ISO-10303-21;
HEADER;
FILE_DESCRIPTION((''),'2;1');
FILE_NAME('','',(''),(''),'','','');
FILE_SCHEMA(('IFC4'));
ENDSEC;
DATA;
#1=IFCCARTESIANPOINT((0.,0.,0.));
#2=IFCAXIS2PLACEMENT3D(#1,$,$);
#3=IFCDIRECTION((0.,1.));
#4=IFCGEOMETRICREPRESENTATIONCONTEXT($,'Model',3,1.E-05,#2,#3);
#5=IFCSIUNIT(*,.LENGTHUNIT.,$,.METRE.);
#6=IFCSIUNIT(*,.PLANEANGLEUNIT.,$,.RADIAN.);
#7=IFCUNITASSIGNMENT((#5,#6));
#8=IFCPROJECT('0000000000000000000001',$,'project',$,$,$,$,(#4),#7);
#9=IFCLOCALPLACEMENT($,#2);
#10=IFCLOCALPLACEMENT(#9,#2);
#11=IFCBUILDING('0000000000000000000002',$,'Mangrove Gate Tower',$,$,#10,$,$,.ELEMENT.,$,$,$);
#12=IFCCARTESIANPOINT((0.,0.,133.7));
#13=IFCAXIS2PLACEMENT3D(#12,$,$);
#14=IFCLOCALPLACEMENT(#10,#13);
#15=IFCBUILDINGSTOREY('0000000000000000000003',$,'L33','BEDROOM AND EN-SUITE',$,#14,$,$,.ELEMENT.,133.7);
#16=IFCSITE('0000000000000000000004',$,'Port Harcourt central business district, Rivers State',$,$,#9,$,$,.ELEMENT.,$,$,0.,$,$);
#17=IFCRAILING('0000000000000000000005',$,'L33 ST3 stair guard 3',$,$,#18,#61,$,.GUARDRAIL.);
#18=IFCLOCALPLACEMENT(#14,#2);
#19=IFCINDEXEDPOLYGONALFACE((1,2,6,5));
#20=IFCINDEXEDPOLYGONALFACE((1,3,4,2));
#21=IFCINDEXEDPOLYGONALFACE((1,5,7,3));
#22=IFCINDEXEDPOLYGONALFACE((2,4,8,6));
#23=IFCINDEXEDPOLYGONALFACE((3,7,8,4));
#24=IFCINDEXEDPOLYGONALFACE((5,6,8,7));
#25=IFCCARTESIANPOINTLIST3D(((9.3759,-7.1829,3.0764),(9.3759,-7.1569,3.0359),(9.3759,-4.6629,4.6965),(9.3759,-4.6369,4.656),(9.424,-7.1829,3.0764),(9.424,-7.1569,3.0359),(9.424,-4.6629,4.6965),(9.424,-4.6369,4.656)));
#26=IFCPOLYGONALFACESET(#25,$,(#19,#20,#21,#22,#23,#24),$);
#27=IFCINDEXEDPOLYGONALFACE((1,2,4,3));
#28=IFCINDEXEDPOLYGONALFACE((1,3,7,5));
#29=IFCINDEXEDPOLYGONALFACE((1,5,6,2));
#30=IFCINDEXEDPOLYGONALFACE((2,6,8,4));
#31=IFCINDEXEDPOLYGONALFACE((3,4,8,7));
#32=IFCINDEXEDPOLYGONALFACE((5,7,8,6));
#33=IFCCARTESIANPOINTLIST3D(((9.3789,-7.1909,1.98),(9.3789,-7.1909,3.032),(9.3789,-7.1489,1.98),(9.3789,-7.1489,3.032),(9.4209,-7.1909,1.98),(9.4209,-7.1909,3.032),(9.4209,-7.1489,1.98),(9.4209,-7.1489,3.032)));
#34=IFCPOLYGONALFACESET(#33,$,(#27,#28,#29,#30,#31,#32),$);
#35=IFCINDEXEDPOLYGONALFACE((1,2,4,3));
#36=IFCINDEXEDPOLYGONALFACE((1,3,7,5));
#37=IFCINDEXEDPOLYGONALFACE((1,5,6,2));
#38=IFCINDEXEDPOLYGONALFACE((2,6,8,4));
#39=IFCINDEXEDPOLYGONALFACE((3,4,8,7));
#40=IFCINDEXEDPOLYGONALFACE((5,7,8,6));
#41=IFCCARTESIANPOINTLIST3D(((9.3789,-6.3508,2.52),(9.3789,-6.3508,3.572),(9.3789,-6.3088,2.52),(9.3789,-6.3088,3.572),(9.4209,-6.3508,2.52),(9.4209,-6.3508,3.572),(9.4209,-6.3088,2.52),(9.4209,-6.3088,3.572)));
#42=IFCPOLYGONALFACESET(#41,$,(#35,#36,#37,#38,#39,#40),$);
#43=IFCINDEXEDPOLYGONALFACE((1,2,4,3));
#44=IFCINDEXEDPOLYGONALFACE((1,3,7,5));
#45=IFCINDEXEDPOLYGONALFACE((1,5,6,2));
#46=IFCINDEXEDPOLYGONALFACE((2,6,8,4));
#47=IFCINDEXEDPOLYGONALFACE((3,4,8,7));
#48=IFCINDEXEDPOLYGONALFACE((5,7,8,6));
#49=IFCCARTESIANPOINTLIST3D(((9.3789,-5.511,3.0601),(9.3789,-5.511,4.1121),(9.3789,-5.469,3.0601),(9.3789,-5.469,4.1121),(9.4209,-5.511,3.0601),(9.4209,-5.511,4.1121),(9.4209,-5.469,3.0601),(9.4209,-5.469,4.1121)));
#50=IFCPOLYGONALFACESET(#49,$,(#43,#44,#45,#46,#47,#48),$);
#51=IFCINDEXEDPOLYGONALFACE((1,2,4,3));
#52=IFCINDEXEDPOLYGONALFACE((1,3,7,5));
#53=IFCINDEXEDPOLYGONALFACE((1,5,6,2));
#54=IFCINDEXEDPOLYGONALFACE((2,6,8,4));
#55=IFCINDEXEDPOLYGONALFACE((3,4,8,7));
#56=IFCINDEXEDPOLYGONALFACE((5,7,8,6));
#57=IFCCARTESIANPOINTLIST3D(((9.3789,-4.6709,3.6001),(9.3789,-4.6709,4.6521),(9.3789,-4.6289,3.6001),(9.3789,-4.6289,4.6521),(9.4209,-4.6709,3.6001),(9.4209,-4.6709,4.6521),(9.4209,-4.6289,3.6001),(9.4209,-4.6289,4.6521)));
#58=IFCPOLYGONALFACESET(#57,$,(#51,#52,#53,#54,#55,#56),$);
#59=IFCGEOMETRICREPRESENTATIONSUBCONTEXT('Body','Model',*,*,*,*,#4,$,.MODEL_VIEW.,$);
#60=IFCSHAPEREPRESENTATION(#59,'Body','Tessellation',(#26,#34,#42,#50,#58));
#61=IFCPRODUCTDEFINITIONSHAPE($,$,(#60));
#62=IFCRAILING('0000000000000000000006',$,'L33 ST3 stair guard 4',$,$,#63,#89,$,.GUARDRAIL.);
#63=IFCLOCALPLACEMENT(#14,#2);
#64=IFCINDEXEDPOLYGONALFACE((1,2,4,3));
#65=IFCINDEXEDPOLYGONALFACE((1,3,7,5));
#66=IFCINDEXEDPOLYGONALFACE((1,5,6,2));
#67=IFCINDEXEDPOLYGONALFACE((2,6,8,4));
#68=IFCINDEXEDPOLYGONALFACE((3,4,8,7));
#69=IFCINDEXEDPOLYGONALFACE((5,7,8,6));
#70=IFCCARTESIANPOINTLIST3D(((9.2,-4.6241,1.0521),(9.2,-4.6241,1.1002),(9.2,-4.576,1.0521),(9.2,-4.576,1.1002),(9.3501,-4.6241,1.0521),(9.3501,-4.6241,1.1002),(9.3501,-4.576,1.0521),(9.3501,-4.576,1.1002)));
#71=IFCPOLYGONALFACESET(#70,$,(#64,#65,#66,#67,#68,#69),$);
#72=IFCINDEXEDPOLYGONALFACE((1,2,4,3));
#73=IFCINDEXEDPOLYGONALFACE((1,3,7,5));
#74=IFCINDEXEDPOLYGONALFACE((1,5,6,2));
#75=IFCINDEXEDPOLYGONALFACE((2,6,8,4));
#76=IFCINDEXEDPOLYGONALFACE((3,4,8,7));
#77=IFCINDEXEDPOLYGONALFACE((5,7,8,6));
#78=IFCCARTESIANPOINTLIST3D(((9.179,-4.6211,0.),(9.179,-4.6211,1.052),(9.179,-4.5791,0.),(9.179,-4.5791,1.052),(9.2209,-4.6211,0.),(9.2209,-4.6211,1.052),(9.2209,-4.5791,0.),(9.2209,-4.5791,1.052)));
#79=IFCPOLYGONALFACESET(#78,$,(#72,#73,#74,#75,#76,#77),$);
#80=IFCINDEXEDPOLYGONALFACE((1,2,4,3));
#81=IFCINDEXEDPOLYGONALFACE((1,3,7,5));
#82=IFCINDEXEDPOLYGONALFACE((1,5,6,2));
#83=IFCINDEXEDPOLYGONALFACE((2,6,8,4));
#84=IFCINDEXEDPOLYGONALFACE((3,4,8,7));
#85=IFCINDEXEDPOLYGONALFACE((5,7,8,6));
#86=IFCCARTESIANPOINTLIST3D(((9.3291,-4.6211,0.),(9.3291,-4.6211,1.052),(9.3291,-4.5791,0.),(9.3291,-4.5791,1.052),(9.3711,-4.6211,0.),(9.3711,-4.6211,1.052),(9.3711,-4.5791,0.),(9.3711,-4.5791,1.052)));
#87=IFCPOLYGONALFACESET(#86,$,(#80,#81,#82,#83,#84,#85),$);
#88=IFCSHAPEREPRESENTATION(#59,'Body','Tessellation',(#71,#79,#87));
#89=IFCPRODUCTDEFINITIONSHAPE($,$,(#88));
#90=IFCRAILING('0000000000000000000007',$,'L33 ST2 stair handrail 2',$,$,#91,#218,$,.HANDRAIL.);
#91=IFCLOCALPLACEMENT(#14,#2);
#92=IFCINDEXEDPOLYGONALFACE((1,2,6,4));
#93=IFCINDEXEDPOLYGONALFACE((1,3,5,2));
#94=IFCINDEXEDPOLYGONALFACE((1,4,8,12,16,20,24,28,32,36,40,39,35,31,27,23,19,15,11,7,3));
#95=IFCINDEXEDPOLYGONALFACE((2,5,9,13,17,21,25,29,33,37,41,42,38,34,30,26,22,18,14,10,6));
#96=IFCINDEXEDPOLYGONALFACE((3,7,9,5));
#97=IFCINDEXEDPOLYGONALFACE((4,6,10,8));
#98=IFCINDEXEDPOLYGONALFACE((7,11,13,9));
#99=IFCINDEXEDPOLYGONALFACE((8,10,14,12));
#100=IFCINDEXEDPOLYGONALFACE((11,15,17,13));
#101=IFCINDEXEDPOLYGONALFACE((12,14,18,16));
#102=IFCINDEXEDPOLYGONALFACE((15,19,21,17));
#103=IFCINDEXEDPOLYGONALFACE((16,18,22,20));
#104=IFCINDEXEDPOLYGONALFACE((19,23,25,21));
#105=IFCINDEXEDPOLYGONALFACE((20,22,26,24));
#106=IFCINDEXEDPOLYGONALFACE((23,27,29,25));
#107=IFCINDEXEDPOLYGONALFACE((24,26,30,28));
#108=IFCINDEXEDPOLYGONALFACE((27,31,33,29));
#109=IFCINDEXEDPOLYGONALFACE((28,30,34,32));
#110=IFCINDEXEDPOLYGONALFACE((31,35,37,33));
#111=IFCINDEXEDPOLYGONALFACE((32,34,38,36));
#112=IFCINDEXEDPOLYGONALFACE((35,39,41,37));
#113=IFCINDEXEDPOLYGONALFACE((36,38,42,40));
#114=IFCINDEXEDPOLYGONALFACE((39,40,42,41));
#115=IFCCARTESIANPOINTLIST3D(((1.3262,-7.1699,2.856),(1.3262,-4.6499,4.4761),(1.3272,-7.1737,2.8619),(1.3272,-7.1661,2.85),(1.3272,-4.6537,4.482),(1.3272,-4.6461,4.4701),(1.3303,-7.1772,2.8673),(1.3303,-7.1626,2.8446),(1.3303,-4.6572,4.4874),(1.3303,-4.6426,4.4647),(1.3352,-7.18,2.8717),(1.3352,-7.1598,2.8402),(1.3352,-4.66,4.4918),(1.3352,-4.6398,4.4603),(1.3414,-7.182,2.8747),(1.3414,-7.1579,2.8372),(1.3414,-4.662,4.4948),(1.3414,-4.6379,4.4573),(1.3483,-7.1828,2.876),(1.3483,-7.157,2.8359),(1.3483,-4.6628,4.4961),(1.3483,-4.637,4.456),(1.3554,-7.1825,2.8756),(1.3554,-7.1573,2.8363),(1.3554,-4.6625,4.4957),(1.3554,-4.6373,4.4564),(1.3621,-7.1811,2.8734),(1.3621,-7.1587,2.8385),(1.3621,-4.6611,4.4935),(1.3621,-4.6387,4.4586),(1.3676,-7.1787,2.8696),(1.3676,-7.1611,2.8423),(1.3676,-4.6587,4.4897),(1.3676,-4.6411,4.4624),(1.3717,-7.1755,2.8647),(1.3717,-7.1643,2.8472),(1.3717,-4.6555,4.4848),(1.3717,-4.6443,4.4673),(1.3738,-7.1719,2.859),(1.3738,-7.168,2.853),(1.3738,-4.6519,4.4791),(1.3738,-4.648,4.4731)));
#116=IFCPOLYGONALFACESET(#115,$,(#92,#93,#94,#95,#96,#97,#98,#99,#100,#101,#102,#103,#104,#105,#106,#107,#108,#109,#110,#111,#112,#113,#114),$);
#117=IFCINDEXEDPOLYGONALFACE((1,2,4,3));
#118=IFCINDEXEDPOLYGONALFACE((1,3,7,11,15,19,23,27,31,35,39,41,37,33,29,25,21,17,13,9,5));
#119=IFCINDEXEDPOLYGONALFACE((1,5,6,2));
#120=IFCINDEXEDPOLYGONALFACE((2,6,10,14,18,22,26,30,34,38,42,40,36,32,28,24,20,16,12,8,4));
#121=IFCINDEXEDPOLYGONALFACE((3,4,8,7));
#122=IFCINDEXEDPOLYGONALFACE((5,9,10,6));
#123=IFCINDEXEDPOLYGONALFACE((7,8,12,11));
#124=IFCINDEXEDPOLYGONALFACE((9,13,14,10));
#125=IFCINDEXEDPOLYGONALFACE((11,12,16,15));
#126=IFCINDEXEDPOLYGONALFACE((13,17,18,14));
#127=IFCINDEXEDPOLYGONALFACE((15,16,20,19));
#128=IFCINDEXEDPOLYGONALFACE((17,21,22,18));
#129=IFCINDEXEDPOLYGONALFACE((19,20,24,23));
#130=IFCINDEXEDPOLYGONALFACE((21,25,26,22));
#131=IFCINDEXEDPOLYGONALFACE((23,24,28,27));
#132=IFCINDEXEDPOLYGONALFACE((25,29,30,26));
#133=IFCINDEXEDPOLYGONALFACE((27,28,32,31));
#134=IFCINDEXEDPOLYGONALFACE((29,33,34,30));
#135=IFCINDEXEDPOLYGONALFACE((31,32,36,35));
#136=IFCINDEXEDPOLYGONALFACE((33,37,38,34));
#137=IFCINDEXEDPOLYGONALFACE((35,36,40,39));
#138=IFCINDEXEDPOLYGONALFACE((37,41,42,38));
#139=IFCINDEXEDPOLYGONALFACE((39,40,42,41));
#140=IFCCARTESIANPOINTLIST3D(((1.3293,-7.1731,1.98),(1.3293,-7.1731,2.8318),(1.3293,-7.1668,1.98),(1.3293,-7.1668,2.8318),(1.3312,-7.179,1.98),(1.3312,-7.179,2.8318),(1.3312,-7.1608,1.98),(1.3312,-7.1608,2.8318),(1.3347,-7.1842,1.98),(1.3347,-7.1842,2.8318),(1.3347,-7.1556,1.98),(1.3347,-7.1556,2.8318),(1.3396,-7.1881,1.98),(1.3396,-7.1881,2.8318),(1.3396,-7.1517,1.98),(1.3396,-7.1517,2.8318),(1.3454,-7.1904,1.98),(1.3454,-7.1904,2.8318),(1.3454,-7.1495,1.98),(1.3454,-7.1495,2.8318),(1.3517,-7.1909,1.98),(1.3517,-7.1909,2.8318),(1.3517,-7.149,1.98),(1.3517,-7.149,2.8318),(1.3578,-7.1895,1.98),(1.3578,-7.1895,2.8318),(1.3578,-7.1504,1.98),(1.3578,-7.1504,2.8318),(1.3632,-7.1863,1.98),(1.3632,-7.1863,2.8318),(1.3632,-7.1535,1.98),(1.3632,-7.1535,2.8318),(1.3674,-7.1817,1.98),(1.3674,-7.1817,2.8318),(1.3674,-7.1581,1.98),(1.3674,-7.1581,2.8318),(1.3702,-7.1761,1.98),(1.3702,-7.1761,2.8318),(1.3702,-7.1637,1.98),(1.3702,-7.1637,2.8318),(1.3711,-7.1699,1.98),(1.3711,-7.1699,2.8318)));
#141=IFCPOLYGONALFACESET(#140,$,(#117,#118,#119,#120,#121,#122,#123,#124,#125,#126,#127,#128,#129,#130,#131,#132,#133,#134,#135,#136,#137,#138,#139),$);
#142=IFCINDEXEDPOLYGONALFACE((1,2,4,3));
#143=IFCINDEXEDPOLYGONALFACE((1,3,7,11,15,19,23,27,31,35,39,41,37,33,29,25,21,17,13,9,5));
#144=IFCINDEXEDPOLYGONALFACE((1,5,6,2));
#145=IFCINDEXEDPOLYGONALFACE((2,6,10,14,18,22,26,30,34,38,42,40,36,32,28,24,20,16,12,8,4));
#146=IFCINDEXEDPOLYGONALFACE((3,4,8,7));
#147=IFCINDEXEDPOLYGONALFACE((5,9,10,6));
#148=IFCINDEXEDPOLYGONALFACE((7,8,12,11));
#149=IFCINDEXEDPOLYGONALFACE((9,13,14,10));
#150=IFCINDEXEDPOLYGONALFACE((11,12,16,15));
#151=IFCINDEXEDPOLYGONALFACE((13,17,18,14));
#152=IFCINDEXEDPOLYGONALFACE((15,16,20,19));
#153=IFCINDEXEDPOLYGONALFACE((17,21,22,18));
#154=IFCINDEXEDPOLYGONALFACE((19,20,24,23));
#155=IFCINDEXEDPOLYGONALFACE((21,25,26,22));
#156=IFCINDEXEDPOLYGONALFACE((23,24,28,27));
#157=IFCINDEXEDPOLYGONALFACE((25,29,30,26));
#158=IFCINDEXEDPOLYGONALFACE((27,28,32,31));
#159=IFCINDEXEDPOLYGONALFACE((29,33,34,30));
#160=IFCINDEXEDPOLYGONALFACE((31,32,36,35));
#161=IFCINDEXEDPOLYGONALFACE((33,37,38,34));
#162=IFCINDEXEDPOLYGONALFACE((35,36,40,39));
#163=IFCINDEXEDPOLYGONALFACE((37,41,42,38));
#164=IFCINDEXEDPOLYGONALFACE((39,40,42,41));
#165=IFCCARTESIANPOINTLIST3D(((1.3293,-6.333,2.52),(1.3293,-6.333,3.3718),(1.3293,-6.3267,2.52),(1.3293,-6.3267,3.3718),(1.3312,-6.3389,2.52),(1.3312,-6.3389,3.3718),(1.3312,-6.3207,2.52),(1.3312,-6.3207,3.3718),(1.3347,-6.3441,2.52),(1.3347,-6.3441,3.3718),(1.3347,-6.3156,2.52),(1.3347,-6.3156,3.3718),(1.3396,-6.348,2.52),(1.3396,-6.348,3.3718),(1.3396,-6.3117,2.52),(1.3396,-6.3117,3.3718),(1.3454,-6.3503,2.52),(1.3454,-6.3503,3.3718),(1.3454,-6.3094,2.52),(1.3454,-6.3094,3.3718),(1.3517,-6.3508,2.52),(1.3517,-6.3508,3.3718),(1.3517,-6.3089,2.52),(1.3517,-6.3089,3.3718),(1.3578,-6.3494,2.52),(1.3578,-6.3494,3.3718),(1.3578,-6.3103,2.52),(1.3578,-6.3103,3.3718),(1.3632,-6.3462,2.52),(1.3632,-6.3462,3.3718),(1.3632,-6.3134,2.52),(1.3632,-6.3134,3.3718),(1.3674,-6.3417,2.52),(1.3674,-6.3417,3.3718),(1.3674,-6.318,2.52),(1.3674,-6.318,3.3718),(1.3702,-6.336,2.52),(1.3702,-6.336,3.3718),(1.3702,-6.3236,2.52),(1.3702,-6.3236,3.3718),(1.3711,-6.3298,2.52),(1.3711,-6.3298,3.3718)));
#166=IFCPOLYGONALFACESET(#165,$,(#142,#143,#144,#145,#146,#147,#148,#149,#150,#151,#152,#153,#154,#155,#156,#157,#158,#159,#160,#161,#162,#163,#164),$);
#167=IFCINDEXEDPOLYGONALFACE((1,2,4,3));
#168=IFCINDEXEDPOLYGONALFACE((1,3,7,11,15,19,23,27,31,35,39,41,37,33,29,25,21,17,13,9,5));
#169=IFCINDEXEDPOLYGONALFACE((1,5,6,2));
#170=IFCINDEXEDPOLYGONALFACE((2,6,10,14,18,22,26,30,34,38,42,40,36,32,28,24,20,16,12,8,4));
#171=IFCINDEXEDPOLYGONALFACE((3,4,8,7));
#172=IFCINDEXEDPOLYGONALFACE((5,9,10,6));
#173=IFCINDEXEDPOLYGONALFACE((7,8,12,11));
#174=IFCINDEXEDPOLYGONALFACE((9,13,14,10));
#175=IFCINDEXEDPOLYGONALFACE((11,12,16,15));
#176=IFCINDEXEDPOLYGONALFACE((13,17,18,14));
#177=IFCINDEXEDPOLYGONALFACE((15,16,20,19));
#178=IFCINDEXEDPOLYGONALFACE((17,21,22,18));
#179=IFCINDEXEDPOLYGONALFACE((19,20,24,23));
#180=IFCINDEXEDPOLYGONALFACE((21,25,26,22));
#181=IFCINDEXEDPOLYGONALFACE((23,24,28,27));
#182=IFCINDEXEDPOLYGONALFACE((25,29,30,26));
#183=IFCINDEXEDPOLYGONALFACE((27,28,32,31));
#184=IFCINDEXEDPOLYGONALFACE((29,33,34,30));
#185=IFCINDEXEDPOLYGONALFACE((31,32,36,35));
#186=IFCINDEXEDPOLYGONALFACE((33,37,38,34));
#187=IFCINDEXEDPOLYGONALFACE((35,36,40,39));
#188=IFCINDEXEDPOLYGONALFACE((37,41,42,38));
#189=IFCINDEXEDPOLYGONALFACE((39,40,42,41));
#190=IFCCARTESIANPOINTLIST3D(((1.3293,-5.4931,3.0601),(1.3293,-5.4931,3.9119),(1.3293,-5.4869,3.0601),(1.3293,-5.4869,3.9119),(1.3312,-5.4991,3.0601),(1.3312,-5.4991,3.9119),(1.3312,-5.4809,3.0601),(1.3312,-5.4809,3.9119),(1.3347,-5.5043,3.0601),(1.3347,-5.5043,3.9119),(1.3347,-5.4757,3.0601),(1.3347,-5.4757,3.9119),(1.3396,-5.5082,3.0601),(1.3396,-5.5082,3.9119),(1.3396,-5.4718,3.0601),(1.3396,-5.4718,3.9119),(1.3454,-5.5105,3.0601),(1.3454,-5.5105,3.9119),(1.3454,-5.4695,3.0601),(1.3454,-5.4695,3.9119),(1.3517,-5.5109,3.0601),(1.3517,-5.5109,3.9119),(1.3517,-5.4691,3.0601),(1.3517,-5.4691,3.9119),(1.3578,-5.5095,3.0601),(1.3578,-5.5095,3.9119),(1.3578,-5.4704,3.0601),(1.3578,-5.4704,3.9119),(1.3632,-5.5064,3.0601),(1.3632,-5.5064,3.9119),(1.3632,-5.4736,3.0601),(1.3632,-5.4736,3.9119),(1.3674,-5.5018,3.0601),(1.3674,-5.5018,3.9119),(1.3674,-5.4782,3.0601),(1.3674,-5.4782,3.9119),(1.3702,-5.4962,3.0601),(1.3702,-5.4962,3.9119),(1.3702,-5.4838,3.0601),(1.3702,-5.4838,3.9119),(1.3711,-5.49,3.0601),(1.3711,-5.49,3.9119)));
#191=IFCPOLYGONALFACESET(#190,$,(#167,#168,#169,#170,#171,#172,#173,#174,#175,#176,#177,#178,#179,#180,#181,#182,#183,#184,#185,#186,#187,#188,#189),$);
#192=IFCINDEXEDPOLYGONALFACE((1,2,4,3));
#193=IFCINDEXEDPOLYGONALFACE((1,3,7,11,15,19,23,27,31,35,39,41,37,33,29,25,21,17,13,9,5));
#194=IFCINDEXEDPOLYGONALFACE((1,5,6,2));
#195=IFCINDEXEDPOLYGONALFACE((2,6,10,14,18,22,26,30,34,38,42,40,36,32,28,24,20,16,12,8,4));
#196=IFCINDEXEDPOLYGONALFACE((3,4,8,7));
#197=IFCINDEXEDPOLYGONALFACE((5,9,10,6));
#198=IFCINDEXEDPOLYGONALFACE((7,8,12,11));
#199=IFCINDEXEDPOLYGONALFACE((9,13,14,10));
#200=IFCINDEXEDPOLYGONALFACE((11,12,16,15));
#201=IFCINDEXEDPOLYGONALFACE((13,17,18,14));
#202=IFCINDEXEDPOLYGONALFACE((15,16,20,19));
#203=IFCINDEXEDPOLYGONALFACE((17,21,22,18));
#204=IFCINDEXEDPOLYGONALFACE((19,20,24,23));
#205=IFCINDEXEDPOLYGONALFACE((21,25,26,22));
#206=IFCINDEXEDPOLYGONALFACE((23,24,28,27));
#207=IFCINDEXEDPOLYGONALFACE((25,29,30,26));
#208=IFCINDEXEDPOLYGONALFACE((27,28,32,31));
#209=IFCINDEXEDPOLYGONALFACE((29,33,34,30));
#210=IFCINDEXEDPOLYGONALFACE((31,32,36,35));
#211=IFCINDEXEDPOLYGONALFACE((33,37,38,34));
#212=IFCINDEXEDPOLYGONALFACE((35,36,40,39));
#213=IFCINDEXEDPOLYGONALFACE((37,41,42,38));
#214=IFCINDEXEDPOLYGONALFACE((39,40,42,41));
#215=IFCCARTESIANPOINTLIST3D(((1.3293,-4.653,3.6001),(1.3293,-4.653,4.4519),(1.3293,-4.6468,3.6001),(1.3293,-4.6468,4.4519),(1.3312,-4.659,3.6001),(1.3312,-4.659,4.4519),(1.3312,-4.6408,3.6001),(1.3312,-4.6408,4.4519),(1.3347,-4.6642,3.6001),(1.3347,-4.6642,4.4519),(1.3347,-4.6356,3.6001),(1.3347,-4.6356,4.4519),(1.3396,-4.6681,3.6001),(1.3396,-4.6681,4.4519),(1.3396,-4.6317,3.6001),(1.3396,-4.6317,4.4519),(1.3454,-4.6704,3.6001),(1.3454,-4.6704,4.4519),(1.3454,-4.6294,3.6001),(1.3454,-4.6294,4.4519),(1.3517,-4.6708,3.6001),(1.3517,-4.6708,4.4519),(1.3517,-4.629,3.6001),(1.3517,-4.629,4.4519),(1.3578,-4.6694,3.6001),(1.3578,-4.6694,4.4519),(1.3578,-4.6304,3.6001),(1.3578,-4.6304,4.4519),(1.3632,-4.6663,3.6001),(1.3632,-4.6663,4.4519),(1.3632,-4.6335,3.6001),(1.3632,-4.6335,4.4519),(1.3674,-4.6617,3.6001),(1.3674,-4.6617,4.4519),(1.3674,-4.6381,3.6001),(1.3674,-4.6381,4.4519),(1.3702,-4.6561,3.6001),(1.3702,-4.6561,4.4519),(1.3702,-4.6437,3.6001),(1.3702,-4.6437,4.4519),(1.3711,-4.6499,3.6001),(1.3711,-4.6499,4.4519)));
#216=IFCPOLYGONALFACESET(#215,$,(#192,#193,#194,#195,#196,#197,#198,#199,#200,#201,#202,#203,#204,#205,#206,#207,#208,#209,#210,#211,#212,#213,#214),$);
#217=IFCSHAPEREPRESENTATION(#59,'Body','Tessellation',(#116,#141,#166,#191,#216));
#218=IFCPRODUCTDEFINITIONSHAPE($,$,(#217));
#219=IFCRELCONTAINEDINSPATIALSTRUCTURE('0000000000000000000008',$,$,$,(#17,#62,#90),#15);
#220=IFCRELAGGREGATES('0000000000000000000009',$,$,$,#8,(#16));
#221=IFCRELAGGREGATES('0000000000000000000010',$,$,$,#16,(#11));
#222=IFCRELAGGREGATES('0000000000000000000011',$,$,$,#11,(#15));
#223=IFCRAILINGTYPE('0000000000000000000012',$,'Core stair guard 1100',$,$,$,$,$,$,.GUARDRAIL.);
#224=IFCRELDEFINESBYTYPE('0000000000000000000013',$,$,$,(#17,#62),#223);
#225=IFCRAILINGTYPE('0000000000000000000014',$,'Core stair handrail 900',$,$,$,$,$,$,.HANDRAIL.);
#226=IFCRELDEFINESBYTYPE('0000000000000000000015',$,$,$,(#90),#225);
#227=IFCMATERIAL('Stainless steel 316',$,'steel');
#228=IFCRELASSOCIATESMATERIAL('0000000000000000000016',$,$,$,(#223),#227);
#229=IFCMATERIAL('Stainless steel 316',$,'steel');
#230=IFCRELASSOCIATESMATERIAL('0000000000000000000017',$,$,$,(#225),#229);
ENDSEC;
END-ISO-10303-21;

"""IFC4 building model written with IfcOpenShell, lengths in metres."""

from ifc_helpers import new_model, si_unit, direction, frame, origin, origin_2d, place, context, subcontext, project, spatial, rectangle, circle, extrude, material, type_object, element, save


model = new_model("IFC4")

# Units and contexts
model_context = context("Model", 3, precision=1e-05, world=origin(), true_north=direction((0.0, 1.0)))
body_context = subcontext(model_context, "Body", "Model", "MODEL_VIEW")
ifc_project = project(units=[si_unit("LENGTHUNIT", "METRE"), si_unit("PLANEANGLEUNIT", "RADIAN")], contexts=[model_context])

# Site, building, storey
site_placement = place(None, origin())
site = spatial("IfcSite", under=ifc_project, at=site_placement, Name="Port Harcourt central business district, Rivers State", CompositionType="ELEMENT", RefElevation=0.0)
building_placement = place(site_placement, origin())
building = spatial("IfcBuilding", under=site, at=building_placement, Name="Mangrove Gate Tower", CompositionType="ELEMENT")
storey_placement = place(building_placement, frame((0.0, 0.0, 133.7)))
storey = spatial("IfcBuildingStorey", under=building, at=storey_placement, Name="L33", Description="BEDROOM AND EN-SUITE", CompositionType="ELEMENT", Elevation=133.7)

# Railings
ifc_material_1 = material(Name="Stainless steel 316", Category="steel")
railing_type_1 = type_object("IfcRailingType", Name="Core stair guard 1100", PredefinedType="GUARDRAIL", material=ifc_material_1)
railing_1_placement = place(storey_placement, frame((9.3999, -7.1699, 1.98)))
element("IfcRailing", 1, at=railing_1_placement, inside=storey, type_object=railing_type_1, Name="L33 ST3 stair guard 3", PredefinedType="GUARDRAIL", context=body_context, shape_type="SweptSolid", body=[
    extrude(rectangle(XDim=0.0481, YDim=0.0481, at=origin_2d()), frame((0.0, 0.0, 1.0762), z_axis=(0.0, 0.841163, 0.540782), x_axis=(-1.0, 0.0, 0.0)), (0.0, 0.0, 1.0), 2.9958),
    extrude(rectangle(XDim=0.042, YDim=0.042, at=origin_2d()), origin(), (0.0, 0.0, 1.0), 1.052),
    extrude(rectangle(XDim=0.042, YDim=0.042, at=origin_2d()), frame((0.0, 0.8401, 0.54)), (0.0, 0.0, 1.0), 1.052),
    extrude(rectangle(XDim=0.042, YDim=0.042, at=origin_2d()), frame((0.0, 1.6799, 1.0801)), (0.0, 0.0, 1.0), 1.052),
    extrude(rectangle(XDim=0.042, YDim=0.042, at=origin_2d()), frame((0.0, 2.52, 1.6201)), (0.0, 0.0, 1.0), 1.052),
])
railing_2_placement = place(storey_placement, frame((9.2, -4.6001, 0.0)))
element("IfcRailing", 2, at=railing_2_placement, inside=storey, type_object=railing_type_1, Name="L33 ST3 stair guard 4", PredefinedType="GUARDRAIL", context=body_context, shape_type="SweptSolid", body=[
    extrude(rectangle(XDim=0.0481, YDim=0.0481, at=origin_2d()), frame((0.0, 0.0, 1.0762), z_axis=(1.0, 0.0, 0.0), x_axis=(0.0, 1.0, 0.0)), (0.0, 0.0, 1.0), 0.1501),
    extrude(rectangle(XDim=0.042, YDim=0.042, at=origin_2d()), origin(), (0.0, 0.0, 1.0), 1.052),
    extrude(rectangle(XDim=0.042, YDim=0.042, at=origin_2d()), frame((0.1501, 0.0, 0.0)), (0.0, 0.0, 1.0), 1.052),
])
ifc_material_2 = material(Name="Stainless steel 316", Category="steel")
railing_type_2 = type_object("IfcRailingType", Name="Core stair handrail 900", PredefinedType="HANDRAIL", material=ifc_material_2)
railing_3_placement = place(storey_placement, frame((1.3501, -7.1699, 1.98)))
element("IfcRailing", 3, at=railing_3_placement, inside=storey, type_object=railing_type_2, Name="L33 ST2 stair handrail 2", PredefinedType="HANDRAIL", context=body_context, shape_type="SweptSolid", body=[
    extrude(circle(Radius=0.0239, at=origin_2d()), frame((0.0, 0.0, 0.876), z_axis=(0.0, 0.841163, 0.540782), x_axis=(-1.0, 0.0, 0.0)), (0.0, 0.0, 1.0), 2.9958),
    extrude(circle(Radius=0.021, at=origin_2d()), origin(), (0.0, 0.0, 1.0), 0.8518),
    extrude(circle(Radius=0.021, at=origin_2d()), frame((0.0, 0.8401, 0.54)), (0.0, 0.0, 1.0), 0.8518),
    extrude(circle(Radius=0.021, at=origin_2d()), frame((0.0, 1.6799, 1.0801)), (0.0, 0.0, 1.0), 0.8518),
    extrude(circle(Radius=0.021, at=origin_2d()), frame((0.0, 2.52, 1.6201)), (0.0, 0.0, 1.0), 0.8518),
])

save(model, "model.ifc")
